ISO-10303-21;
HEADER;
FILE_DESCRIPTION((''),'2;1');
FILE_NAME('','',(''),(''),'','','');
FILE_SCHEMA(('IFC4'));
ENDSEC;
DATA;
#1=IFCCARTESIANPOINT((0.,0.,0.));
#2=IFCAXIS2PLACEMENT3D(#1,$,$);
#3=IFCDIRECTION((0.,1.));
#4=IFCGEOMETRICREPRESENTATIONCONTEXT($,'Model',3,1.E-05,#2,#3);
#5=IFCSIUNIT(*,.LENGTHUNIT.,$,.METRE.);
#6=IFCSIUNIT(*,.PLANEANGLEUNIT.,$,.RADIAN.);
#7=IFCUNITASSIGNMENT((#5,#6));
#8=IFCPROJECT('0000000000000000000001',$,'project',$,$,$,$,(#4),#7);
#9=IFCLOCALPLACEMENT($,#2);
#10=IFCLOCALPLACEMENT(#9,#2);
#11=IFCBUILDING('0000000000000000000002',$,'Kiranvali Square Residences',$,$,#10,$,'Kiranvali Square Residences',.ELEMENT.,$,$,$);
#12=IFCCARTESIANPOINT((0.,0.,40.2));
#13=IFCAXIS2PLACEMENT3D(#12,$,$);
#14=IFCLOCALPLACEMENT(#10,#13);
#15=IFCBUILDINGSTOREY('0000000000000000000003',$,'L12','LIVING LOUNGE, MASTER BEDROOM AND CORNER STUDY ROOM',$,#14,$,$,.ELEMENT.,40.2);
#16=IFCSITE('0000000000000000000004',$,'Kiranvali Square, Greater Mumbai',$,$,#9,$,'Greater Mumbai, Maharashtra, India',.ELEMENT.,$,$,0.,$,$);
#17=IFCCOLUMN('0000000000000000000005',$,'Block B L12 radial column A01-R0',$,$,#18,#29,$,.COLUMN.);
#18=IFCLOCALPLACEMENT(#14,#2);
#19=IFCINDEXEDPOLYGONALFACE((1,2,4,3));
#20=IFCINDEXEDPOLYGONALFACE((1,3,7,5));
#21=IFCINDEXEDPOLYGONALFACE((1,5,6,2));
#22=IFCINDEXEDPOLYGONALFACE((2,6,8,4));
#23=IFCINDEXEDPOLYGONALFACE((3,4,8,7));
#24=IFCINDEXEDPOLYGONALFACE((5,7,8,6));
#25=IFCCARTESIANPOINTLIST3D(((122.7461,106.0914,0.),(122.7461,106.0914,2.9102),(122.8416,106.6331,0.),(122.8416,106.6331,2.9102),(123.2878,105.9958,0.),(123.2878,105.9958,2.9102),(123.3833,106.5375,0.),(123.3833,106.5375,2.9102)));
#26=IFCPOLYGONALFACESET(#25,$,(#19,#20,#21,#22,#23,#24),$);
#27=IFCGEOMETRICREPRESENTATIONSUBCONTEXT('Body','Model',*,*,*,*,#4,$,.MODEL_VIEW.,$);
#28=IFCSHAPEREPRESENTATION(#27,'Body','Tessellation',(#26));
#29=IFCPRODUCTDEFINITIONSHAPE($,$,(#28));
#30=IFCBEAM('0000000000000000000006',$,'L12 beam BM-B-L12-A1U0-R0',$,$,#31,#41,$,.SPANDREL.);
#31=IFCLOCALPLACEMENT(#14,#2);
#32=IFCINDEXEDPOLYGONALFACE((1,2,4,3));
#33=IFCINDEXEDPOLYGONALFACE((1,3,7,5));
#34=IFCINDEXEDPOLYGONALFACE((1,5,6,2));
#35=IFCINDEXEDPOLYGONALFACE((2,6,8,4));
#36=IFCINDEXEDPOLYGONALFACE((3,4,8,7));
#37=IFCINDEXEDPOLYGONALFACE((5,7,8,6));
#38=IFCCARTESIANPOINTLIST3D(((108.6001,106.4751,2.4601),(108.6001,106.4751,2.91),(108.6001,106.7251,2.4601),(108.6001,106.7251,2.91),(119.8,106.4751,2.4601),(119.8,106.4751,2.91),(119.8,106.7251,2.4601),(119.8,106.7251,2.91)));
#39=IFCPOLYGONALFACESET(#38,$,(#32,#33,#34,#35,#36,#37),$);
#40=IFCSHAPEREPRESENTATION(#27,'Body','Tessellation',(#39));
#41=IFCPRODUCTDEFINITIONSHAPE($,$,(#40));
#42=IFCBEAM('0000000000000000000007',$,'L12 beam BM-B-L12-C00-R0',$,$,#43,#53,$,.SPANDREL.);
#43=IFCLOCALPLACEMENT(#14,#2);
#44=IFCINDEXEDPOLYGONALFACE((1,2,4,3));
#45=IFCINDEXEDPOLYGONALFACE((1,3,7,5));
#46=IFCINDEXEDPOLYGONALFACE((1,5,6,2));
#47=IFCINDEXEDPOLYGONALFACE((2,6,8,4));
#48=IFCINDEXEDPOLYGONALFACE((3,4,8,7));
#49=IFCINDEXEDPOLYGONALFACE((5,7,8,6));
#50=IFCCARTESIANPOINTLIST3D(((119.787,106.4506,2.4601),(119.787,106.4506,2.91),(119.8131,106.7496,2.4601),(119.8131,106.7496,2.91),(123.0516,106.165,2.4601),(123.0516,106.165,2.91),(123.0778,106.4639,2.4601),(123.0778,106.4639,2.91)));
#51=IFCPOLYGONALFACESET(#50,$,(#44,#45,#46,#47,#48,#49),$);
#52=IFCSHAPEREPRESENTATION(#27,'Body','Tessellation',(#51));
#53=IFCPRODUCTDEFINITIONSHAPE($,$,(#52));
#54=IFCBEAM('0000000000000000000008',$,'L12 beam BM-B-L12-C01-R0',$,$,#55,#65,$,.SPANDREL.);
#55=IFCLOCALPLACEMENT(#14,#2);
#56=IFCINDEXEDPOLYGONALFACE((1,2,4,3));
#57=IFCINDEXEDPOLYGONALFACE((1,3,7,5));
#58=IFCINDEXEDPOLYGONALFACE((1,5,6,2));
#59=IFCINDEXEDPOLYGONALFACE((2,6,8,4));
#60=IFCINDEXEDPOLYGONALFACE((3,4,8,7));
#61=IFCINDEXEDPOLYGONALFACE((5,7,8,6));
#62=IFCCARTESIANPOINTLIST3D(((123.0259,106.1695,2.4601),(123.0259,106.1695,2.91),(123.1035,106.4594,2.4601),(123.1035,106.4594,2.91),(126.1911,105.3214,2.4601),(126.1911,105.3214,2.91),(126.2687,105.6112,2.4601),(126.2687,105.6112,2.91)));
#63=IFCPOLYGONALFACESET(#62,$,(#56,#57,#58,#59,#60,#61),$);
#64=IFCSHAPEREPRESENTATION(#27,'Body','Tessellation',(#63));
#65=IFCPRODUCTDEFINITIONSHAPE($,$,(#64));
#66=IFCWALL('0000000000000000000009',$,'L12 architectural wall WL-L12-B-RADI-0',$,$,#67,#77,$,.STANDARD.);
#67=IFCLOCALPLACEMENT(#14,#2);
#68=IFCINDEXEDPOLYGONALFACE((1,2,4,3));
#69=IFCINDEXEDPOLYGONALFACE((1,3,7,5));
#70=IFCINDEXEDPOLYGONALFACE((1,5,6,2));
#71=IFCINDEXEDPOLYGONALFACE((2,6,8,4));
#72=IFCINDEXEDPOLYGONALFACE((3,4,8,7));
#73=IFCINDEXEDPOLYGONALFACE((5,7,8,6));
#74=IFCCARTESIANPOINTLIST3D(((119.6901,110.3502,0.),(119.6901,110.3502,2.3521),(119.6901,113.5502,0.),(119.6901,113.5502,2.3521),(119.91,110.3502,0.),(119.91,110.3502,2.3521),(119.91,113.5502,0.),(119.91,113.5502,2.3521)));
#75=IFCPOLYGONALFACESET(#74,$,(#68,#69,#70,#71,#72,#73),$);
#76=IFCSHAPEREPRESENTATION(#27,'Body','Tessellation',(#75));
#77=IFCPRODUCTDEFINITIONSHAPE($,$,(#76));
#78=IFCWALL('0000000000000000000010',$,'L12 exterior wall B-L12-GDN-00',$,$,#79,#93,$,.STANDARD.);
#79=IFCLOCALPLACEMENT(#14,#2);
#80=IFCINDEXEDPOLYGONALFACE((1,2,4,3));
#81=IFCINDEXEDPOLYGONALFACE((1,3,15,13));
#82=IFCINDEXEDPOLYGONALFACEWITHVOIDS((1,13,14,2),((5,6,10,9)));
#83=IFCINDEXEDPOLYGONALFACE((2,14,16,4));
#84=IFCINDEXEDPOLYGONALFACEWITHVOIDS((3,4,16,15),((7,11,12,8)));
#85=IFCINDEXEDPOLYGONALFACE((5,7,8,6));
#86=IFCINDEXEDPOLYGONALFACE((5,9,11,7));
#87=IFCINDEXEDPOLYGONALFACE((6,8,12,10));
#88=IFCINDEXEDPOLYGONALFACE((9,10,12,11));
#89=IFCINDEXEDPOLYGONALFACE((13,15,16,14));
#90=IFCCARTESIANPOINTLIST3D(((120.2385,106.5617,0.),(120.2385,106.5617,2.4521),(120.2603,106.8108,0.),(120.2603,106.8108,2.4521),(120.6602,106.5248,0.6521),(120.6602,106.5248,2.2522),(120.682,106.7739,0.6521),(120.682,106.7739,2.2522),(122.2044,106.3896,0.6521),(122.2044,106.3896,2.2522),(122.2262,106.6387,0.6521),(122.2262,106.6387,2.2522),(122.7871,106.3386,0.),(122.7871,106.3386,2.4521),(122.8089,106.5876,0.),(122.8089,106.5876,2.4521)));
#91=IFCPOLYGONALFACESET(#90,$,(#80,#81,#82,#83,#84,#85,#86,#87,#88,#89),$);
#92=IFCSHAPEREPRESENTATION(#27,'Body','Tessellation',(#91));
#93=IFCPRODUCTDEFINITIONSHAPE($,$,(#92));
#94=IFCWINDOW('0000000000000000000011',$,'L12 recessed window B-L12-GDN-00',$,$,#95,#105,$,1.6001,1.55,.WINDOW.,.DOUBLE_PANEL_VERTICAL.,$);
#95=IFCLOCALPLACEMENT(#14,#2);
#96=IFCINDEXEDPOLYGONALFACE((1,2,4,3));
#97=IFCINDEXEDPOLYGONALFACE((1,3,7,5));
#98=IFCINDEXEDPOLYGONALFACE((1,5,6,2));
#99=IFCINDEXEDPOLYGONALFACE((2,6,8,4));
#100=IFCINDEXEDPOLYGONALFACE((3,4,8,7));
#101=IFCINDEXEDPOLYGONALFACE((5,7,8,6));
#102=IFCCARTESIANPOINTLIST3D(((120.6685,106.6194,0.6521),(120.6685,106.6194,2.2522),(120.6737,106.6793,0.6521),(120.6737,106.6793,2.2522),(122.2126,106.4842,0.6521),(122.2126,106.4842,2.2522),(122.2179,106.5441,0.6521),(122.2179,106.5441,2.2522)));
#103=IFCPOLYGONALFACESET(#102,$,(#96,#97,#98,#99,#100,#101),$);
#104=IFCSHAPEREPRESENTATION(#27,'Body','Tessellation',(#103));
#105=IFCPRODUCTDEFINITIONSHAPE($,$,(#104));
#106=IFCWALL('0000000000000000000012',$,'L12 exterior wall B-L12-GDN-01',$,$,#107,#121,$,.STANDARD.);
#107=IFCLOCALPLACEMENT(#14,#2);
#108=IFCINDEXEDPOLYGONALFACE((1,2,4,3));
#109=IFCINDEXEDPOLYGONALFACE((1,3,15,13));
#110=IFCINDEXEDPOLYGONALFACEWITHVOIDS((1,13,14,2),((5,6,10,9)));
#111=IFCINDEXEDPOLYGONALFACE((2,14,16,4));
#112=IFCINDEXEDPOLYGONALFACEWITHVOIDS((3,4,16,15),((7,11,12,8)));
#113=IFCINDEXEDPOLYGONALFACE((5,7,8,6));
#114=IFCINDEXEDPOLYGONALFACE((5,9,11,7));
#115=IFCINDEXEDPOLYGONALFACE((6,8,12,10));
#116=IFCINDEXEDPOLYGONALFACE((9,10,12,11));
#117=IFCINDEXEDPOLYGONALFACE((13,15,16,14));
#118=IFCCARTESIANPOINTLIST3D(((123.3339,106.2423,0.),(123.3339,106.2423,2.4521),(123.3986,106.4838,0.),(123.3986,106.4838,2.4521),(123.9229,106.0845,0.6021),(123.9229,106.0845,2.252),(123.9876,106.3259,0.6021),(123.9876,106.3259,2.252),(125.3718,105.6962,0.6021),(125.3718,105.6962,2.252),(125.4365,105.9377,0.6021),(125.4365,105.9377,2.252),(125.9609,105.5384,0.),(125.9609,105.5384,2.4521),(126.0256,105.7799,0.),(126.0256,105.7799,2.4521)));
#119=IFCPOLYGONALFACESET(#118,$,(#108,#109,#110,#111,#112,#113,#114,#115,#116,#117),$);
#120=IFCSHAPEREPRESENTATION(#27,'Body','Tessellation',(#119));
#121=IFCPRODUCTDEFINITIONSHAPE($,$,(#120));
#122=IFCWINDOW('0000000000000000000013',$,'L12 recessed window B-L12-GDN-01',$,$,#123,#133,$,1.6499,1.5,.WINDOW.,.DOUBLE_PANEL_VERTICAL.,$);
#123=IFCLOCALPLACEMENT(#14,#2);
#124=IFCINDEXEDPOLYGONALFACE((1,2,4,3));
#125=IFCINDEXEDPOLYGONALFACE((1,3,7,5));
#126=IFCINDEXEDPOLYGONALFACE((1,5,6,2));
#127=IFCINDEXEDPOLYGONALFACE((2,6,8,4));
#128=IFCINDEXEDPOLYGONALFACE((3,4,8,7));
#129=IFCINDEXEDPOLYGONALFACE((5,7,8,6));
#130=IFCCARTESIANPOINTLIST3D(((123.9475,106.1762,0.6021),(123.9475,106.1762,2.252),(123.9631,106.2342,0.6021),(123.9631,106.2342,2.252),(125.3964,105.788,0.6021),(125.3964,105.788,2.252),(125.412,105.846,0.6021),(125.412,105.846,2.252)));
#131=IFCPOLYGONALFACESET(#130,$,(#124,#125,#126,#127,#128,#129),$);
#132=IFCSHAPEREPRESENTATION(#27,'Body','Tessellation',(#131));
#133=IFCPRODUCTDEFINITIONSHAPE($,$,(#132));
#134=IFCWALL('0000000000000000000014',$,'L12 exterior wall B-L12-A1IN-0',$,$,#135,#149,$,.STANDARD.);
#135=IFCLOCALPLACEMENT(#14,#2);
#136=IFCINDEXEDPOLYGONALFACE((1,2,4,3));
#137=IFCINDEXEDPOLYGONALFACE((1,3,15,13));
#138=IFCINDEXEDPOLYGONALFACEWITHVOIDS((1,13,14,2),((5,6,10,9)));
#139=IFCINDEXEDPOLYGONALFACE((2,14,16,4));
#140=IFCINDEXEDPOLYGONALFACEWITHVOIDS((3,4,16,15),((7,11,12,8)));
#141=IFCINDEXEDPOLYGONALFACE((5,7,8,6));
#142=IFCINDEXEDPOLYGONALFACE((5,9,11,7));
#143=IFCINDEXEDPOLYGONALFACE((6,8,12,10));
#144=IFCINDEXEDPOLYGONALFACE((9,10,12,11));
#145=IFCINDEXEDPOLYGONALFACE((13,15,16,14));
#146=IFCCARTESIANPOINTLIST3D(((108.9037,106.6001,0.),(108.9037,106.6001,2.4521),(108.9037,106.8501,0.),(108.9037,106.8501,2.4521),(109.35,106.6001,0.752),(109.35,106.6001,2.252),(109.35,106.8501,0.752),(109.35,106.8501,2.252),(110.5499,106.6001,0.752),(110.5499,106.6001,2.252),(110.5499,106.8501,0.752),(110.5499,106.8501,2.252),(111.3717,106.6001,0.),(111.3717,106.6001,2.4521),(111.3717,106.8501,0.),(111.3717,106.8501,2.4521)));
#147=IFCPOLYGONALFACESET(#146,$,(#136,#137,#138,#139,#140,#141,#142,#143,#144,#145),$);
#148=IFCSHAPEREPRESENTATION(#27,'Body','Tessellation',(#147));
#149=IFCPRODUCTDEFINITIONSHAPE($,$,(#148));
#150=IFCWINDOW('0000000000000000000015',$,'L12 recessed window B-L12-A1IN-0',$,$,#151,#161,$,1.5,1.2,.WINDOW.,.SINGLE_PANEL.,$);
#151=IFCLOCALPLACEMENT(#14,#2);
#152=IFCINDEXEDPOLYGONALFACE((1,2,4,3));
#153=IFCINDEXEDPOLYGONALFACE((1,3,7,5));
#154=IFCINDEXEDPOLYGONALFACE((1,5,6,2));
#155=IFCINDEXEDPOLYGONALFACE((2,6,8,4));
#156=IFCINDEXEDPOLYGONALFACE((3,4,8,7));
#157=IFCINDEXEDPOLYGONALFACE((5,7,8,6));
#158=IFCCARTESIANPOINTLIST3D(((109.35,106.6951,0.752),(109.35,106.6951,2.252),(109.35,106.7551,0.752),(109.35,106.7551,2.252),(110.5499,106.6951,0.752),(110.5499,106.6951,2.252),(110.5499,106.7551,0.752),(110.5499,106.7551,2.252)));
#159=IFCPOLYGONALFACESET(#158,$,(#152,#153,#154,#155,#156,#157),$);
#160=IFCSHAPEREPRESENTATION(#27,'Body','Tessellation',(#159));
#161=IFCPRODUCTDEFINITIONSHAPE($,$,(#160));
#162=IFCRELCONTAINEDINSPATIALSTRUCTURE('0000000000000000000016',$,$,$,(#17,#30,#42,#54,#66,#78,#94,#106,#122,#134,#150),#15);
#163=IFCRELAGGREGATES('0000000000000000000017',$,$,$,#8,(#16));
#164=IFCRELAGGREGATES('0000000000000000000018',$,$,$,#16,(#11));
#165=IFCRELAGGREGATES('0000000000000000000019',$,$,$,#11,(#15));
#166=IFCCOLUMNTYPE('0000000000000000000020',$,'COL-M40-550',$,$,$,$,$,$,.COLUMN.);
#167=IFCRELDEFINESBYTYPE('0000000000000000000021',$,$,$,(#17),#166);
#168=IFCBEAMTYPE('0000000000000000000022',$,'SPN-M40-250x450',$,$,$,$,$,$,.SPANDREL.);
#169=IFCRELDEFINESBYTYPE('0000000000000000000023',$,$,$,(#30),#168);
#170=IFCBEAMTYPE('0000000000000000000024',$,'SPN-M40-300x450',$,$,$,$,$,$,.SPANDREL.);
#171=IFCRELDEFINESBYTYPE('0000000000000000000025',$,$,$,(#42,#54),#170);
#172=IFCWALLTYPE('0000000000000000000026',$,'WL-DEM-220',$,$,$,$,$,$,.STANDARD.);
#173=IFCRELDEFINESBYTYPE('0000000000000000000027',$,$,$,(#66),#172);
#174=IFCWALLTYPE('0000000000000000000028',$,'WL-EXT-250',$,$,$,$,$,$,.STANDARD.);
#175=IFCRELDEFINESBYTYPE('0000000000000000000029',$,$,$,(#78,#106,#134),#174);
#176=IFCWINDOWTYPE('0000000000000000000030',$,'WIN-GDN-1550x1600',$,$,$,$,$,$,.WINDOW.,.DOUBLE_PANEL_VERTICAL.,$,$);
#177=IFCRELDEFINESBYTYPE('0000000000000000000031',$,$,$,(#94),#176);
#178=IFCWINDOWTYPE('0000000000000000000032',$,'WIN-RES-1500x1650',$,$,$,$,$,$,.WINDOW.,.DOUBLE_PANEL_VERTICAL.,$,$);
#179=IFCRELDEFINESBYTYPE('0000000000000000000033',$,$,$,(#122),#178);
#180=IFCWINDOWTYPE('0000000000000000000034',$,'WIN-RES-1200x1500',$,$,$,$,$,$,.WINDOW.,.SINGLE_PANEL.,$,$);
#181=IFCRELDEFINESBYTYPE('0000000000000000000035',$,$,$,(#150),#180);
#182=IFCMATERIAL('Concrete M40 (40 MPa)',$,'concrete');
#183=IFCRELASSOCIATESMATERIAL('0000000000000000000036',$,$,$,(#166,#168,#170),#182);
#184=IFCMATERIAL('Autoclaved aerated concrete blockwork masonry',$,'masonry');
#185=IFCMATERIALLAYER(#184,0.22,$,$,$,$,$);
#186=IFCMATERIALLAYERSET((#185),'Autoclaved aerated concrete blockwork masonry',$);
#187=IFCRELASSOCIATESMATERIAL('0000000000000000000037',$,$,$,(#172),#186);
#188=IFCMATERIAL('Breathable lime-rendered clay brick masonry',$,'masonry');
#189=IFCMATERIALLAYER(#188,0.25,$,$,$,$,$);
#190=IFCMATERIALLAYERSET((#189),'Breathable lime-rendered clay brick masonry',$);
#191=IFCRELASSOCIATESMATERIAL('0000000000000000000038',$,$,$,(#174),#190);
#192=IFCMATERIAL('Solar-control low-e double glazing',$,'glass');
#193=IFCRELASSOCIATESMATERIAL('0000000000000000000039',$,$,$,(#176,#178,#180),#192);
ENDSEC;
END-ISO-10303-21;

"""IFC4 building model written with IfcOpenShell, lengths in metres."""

from ifc_helpers import new_model, si_unit, direction, frame, frame_2d, origin, origin_2d, place, context, subcontext, project, spatial, rectangle, extrude, material, layer, layer_set, material_profile, profile_set, type_object, element, fill, save


model = new_model("IFC4")

# Units and contexts
model_context = context("Model", 3, precision=1e-05, world=origin(), true_north=direction((0.0, 1.0)))
body_context = subcontext(model_context, "Body", "Model", "MODEL_VIEW")
ifc_project = project(units=[si_unit("LENGTHUNIT", "METRE"), si_unit("PLANEANGLEUNIT", "RADIAN")], contexts=[model_context])

# Site, building, storey
site_placement = place(None, origin())
site = spatial("IfcSite", under=ifc_project, at=site_placement, Name="Kiranvali Square, Greater Mumbai", LongName="Greater Mumbai, Maharashtra, India", CompositionType="ELEMENT", RefElevation=0.0)
building_placement = place(site_placement, origin())
building = spatial("IfcBuilding", under=site, at=building_placement, Name="Kiranvali Square Residences", LongName="Kiranvali Square Residences", CompositionType="ELEMENT")
storey_placement = place(building_placement, frame((0.0, 0.0, 40.2)))
storey = spatial("IfcBuildingStorey", under=building, at=storey_placement, Name="L12", Description="LIVING LOUNGE, MASTER BEDROOM AND CORNER STUDY ROOM", CompositionType="ELEMENT", Elevation=40.2)

# Column
ifc_material_1 = material(Name="Concrete M40 (40 MPa)", Category="concrete")
ifc_material_profile_1 = material_profile(ifc_material_1, rectangle(XDim=0.55, YDim=0.55, at=origin_2d()), Name="RC 550x550")
ifc_profile_set_1 = profile_set([ifc_material_profile_1], Name="Concrete M40 (40 MPa)")
column_type = type_object("IfcColumnType", Name="COL-M40-550", PredefinedType="COLUMN", material=ifc_profile_set_1)
column_placement = place(storey_placement, frame((123.0647, 106.3145, 0.0), z_axis=(0.0, 0.0, 1.0), x_axis=(-0.984808, 0.173648, 0.0)))
element("IfcColumn", 1, at=column_placement, inside=storey, type_object=column_type, Name="Block B L12 radial column A01-R0", PredefinedType="COLUMN", context=body_context, shape_type="SweptSolid", body=[
    extrude(rectangle(XDim=0.55, YDim=0.55, at=origin_2d()), origin(), (0.0, 0.0, 1.0), 2.9102),
])

# Beams
ifc_material_profile_2 = material_profile(ifc_material_1, rectangle(XDim=0.25, YDim=0.45, at=origin_2d()), Name="RC 250x450")
ifc_profile_set_2 = profile_set([ifc_material_profile_2], Name="Concrete M40 (40 MPa)")
beam_type_1 = type_object("IfcBeamType", Name="SPN-M40-250x450", PredefinedType="SPANDREL", material=ifc_profile_set_2)
beam_1_placement = place(storey_placement, frame((119.8, 106.6001, 2.6851), z_axis=(-1.0, 0.0, 0.0), x_axis=(0.0, -1.0, 0.0)))
element("IfcBeam", 2, at=beam_1_placement, inside=storey, type_object=beam_type_1, Name="L12 beam BM-B-L12-A1U0-R0", PredefinedType="SPANDREL", context=body_context, shape_type="SweptSolid", body=[
    extrude(rectangle(XDim=0.25, YDim=0.45, at=origin_2d()), origin(), (0.0, 0.0, 1.0), 11.2),
])
ifc_material_profile_3 = material_profile(ifc_material_1, rectangle(XDim=0.3, YDim=0.45, at=origin_2d()), Name="RC 300x450")
ifc_profile_set_3 = profile_set([ifc_material_profile_3], Name="Concrete M40 (40 MPa)")
beam_type_2 = type_object("IfcBeamType", Name="SPN-M40-300x450", PredefinedType="SPANDREL", material=ifc_profile_set_3)
beam_2_placement = place(storey_placement, frame((119.8, 106.6001, 2.6851), z_axis=(0.996194, -0.087163, 0.0), x_axis=(0.087163, 0.996194, 0.0)))
element("IfcBeam", 3, at=beam_2_placement, inside=storey, type_object=beam_type_2, Name="L12 beam BM-B-L12-C00-R0", PredefinedType="SPANDREL", context=body_context, shape_type="SweptSolid", body=[
    extrude(rectangle(XDim=0.3, YDim=0.45, at=origin_2d()), origin(), (0.0, 0.0, 1.0), 3.2771),
])
beam_3_placement = place(storey_placement, frame((123.0647, 106.3145, 2.6851), z_axis=(0.965925, -0.258822, 0.0), x_axis=(0.258822, 0.965925, 0.0)))
element("IfcBeam", 4, at=beam_3_placement, inside=storey, type_object=beam_type_2, Name="L12 beam BM-B-L12-C01-R0", PredefinedType="SPANDREL", context=body_context, shape_type="SweptSolid", body=[
    extrude(rectangle(XDim=0.3, YDim=0.45, at=origin_2d()), origin(), (0.0, 0.0, 1.0), 3.2769),
])

# Shared definitions
ifc_material_2 = material(Name="Autoclaved aerated concrete blockwork masonry", Category="masonry")

# Wall
ifc_layer_1 = layer(ifc_material_2, 0.22)
ifc_layer_set_1 = layer_set([ifc_layer_1], Name="Autoclaved aerated concrete blockwork masonry")
wall_type_1 = type_object("IfcWallType", Name="WL-DEM-220", PredefinedType="STANDARD", material=ifc_layer_set_1)
wall_1_placement = place(storey_placement, frame((119.8, 110.3501, 0.0), z_axis=(0.0, 0.0, 1.0), x_axis=(0.0, 1.0, 0.0)))
element("IfcWall", 5, at=wall_1_placement, inside=storey, type_object=wall_type_1, Name="L12 architectural wall WL-L12-B-RADI-0", PredefinedType="STANDARD", context=body_context, shape_type="SweptSolid", body=[
    extrude(rectangle(XDim=3.2, YDim=0.22, at=frame_2d((1.6001, 0.0))), origin(), (0.0, 0.0, 1.0), 2.3521),
])

# Walls, openings, windows
ifc_material_3 = material(Name="Breathable lime-rendered clay brick masonry", Category="masonry")
ifc_layer_2 = layer(ifc_material_3, 0.25)
ifc_layer_set_2 = layer_set([ifc_layer_2], Name="Breathable lime-rendered clay brick masonry")
wall_type_2 = type_object("IfcWallType", Name="WL-EXT-250", PredefinedType="STANDARD", material=ifc_layer_set_2)
wall_2_placement = place(storey_placement, frame((120.2493, 106.6863, 0.0), z_axis=(0.0, 0.0, 1.0), x_axis=(0.996189, -0.087223, 0.0)))
wall_2 = element("IfcWall", 6, at=wall_2_placement, inside=storey, type_object=wall_type_2, Name="L12 exterior wall B-L12-GDN-00", PredefinedType="STANDARD", context=body_context, shape_type="SweptSolid", body=[
    extrude(rectangle(XDim=2.5583, YDim=0.25, at=frame_2d((1.2793, 0.0))), origin(), (0.0, 0.0, 1.0), 2.4521),
])
opening_1_placement = place(wall_2_placement, frame((0.4236, 0.0, 0.6521)))
opening_1 = element("IfcOpeningElement", 7, at=opening_1_placement, cuts=wall_2, PredefinedType="OPENING", context=body_context, shape_type="SweptSolid", body=[
    extrude(rectangle(XDim=1.55, YDim=1.6001, at=frame_2d((0.7749, 0.8))), frame((0.0, 0.135, 0.0), z_axis=(0.0, -1.0, 0.0), x_axis=(1.0, 0.0, 0.0)), (0.0, 0.0, 1.0), 0.27),
])
ifc_material_4 = material(Name="Solar-control low-e double glazing", Category="glass")
window_type_1 = type_object("IfcWindowType", Name="WIN-GDN-1550x1600", PartitioningType="DOUBLE_PANEL_VERTICAL", PredefinedType="WINDOW", material=ifc_material_4)
window_1_placement = place(opening_1_placement, origin())
window_1 = element("IfcWindow", 8, at=window_1_placement, inside=storey, type_object=window_type_1, Name="L12 recessed window B-L12-GDN-00", OverallHeight=1.6001, OverallWidth=1.55, PartitioningType="DOUBLE_PANEL_VERTICAL", PredefinedType="WINDOW", context=body_context, shape_type="SweptSolid", body=[
    extrude(rectangle(XDim=1.55, YDim=1.6001, at=frame_2d((0.7749, 0.8))), frame((0.0, 0.03, 0.0), z_axis=(0.0, -1.0, 0.0), x_axis=(1.0, 0.0, 0.0)), (0.0, 0.0, 1.0), 0.0601),
])
fill(opening_1, window_1)
wall_3_placement = place(storey_placement, frame((123.3662, 106.363, 0.0), z_axis=(0.0, 0.0, 1.0), x_axis=(0.965929, -0.258808, 0.0)))
wall_3 = element("IfcWall", 9, at=wall_3_placement, inside=storey, type_object=wall_type_2, Name="L12 exterior wall B-L12-GDN-01", PredefinedType="STANDARD", context=body_context, shape_type="SweptSolid", body=[
    extrude(rectangle(XDim=2.7197, YDim=0.25, at=frame_2d((1.3599, 0.0))), origin(), (0.0, 0.0, 1.0), 2.4521),
])
opening_2_placement = place(wall_3_placement, frame((0.6099, 0.0, 0.6021)))
opening_2 = element("IfcOpeningElement", 10, at=opening_2_placement, cuts=wall_3, PredefinedType="OPENING", context=body_context, shape_type="SweptSolid", body=[
    extrude(rectangle(XDim=1.5, YDim=1.6499, at=frame_2d((0.75, 0.825))), frame((0.0, 0.135, 0.0), z_axis=(0.0, -1.0, 0.0), x_axis=(1.0, 0.0, 0.0)), (0.0, 0.0, 1.0), 0.27),
])
window_type_2 = type_object("IfcWindowType", Name="WIN-RES-1500x1650", PartitioningType="DOUBLE_PANEL_VERTICAL", PredefinedType="WINDOW", material=ifc_material_4)
window_2_placement = place(opening_2_placement, origin())
window_2 = element("IfcWindow", 11, at=window_2_placement, inside=storey, type_object=window_type_2, Name="L12 recessed window B-L12-GDN-01", OverallHeight=1.6499, OverallWidth=1.5, PartitioningType="DOUBLE_PANEL_VERTICAL", PredefinedType="WINDOW", context=body_context, shape_type="SweptSolid", body=[
    extrude(rectangle(XDim=1.5, YDim=1.6499, at=frame_2d((0.75, 0.825))), frame((0.0, 0.03, 0.0), z_axis=(0.0, -1.0, 0.0), x_axis=(1.0, 0.0, 0.0)), (0.0, 0.0, 1.0), 0.0601),
])
fill(opening_2, window_2)
wall_4_placement = place(storey_placement, frame((111.3716, 106.7251, 0.0), z_axis=(0.0, 0.0, 1.0), x_axis=(-1.0, 0.0, 0.0)))
wall_4 = element("IfcWall", 12, at=wall_4_placement, inside=storey, type_object=wall_type_2, Name="L12 exterior wall B-L12-A1IN-0", PredefinedType="STANDARD", context=body_context, shape_type="SweptSolid", body=[
    extrude(rectangle(XDim=2.468, YDim=0.25, at=frame_2d((1.2339, 0.0))), origin(), (0.0, 0.0, 1.0), 2.4521),
])
opening_3_placement = place(wall_4_placement, frame((0.8215, 0.0, 0.752)))
opening_3 = element("IfcOpeningElement", 13, at=opening_3_placement, cuts=wall_4, PredefinedType="OPENING", context=body_context, shape_type="SweptSolid", body=[
    extrude(rectangle(XDim=1.2, YDim=1.5, at=frame_2d((0.6001, 0.75))), frame((0.0, 0.135, 0.0), z_axis=(0.0, -1.0, 0.0), x_axis=(1.0, 0.0, 0.0)), (0.0, 0.0, 1.0), 0.27),
])
window_type_3 = type_object("IfcWindowType", Name="WIN-RES-1200x1500", PartitioningType="SINGLE_PANEL", PredefinedType="WINDOW", material=ifc_material_4)
window_3_placement = place(opening_3_placement, origin())
window_3 = element("IfcWindow", 14, at=window_3_placement, inside=storey, type_object=window_type_3, Name="L12 recessed window B-L12-A1IN-0", OverallHeight=1.5, OverallWidth=1.2, PartitioningType="SINGLE_PANEL", PredefinedType="WINDOW", context=body_context, shape_type="SweptSolid", body=[
    extrude(rectangle(XDim=1.2, YDim=1.5, at=frame_2d((0.6001, 0.75))), frame((0.0, 0.03, 0.0), z_axis=(0.0, -1.0, 0.0), x_axis=(1.0, 0.0, 0.0)), (0.0, 0.0, 1.0), 0.0601),
])
fill(opening_3, window_3)

save(model, "model.ifc")
